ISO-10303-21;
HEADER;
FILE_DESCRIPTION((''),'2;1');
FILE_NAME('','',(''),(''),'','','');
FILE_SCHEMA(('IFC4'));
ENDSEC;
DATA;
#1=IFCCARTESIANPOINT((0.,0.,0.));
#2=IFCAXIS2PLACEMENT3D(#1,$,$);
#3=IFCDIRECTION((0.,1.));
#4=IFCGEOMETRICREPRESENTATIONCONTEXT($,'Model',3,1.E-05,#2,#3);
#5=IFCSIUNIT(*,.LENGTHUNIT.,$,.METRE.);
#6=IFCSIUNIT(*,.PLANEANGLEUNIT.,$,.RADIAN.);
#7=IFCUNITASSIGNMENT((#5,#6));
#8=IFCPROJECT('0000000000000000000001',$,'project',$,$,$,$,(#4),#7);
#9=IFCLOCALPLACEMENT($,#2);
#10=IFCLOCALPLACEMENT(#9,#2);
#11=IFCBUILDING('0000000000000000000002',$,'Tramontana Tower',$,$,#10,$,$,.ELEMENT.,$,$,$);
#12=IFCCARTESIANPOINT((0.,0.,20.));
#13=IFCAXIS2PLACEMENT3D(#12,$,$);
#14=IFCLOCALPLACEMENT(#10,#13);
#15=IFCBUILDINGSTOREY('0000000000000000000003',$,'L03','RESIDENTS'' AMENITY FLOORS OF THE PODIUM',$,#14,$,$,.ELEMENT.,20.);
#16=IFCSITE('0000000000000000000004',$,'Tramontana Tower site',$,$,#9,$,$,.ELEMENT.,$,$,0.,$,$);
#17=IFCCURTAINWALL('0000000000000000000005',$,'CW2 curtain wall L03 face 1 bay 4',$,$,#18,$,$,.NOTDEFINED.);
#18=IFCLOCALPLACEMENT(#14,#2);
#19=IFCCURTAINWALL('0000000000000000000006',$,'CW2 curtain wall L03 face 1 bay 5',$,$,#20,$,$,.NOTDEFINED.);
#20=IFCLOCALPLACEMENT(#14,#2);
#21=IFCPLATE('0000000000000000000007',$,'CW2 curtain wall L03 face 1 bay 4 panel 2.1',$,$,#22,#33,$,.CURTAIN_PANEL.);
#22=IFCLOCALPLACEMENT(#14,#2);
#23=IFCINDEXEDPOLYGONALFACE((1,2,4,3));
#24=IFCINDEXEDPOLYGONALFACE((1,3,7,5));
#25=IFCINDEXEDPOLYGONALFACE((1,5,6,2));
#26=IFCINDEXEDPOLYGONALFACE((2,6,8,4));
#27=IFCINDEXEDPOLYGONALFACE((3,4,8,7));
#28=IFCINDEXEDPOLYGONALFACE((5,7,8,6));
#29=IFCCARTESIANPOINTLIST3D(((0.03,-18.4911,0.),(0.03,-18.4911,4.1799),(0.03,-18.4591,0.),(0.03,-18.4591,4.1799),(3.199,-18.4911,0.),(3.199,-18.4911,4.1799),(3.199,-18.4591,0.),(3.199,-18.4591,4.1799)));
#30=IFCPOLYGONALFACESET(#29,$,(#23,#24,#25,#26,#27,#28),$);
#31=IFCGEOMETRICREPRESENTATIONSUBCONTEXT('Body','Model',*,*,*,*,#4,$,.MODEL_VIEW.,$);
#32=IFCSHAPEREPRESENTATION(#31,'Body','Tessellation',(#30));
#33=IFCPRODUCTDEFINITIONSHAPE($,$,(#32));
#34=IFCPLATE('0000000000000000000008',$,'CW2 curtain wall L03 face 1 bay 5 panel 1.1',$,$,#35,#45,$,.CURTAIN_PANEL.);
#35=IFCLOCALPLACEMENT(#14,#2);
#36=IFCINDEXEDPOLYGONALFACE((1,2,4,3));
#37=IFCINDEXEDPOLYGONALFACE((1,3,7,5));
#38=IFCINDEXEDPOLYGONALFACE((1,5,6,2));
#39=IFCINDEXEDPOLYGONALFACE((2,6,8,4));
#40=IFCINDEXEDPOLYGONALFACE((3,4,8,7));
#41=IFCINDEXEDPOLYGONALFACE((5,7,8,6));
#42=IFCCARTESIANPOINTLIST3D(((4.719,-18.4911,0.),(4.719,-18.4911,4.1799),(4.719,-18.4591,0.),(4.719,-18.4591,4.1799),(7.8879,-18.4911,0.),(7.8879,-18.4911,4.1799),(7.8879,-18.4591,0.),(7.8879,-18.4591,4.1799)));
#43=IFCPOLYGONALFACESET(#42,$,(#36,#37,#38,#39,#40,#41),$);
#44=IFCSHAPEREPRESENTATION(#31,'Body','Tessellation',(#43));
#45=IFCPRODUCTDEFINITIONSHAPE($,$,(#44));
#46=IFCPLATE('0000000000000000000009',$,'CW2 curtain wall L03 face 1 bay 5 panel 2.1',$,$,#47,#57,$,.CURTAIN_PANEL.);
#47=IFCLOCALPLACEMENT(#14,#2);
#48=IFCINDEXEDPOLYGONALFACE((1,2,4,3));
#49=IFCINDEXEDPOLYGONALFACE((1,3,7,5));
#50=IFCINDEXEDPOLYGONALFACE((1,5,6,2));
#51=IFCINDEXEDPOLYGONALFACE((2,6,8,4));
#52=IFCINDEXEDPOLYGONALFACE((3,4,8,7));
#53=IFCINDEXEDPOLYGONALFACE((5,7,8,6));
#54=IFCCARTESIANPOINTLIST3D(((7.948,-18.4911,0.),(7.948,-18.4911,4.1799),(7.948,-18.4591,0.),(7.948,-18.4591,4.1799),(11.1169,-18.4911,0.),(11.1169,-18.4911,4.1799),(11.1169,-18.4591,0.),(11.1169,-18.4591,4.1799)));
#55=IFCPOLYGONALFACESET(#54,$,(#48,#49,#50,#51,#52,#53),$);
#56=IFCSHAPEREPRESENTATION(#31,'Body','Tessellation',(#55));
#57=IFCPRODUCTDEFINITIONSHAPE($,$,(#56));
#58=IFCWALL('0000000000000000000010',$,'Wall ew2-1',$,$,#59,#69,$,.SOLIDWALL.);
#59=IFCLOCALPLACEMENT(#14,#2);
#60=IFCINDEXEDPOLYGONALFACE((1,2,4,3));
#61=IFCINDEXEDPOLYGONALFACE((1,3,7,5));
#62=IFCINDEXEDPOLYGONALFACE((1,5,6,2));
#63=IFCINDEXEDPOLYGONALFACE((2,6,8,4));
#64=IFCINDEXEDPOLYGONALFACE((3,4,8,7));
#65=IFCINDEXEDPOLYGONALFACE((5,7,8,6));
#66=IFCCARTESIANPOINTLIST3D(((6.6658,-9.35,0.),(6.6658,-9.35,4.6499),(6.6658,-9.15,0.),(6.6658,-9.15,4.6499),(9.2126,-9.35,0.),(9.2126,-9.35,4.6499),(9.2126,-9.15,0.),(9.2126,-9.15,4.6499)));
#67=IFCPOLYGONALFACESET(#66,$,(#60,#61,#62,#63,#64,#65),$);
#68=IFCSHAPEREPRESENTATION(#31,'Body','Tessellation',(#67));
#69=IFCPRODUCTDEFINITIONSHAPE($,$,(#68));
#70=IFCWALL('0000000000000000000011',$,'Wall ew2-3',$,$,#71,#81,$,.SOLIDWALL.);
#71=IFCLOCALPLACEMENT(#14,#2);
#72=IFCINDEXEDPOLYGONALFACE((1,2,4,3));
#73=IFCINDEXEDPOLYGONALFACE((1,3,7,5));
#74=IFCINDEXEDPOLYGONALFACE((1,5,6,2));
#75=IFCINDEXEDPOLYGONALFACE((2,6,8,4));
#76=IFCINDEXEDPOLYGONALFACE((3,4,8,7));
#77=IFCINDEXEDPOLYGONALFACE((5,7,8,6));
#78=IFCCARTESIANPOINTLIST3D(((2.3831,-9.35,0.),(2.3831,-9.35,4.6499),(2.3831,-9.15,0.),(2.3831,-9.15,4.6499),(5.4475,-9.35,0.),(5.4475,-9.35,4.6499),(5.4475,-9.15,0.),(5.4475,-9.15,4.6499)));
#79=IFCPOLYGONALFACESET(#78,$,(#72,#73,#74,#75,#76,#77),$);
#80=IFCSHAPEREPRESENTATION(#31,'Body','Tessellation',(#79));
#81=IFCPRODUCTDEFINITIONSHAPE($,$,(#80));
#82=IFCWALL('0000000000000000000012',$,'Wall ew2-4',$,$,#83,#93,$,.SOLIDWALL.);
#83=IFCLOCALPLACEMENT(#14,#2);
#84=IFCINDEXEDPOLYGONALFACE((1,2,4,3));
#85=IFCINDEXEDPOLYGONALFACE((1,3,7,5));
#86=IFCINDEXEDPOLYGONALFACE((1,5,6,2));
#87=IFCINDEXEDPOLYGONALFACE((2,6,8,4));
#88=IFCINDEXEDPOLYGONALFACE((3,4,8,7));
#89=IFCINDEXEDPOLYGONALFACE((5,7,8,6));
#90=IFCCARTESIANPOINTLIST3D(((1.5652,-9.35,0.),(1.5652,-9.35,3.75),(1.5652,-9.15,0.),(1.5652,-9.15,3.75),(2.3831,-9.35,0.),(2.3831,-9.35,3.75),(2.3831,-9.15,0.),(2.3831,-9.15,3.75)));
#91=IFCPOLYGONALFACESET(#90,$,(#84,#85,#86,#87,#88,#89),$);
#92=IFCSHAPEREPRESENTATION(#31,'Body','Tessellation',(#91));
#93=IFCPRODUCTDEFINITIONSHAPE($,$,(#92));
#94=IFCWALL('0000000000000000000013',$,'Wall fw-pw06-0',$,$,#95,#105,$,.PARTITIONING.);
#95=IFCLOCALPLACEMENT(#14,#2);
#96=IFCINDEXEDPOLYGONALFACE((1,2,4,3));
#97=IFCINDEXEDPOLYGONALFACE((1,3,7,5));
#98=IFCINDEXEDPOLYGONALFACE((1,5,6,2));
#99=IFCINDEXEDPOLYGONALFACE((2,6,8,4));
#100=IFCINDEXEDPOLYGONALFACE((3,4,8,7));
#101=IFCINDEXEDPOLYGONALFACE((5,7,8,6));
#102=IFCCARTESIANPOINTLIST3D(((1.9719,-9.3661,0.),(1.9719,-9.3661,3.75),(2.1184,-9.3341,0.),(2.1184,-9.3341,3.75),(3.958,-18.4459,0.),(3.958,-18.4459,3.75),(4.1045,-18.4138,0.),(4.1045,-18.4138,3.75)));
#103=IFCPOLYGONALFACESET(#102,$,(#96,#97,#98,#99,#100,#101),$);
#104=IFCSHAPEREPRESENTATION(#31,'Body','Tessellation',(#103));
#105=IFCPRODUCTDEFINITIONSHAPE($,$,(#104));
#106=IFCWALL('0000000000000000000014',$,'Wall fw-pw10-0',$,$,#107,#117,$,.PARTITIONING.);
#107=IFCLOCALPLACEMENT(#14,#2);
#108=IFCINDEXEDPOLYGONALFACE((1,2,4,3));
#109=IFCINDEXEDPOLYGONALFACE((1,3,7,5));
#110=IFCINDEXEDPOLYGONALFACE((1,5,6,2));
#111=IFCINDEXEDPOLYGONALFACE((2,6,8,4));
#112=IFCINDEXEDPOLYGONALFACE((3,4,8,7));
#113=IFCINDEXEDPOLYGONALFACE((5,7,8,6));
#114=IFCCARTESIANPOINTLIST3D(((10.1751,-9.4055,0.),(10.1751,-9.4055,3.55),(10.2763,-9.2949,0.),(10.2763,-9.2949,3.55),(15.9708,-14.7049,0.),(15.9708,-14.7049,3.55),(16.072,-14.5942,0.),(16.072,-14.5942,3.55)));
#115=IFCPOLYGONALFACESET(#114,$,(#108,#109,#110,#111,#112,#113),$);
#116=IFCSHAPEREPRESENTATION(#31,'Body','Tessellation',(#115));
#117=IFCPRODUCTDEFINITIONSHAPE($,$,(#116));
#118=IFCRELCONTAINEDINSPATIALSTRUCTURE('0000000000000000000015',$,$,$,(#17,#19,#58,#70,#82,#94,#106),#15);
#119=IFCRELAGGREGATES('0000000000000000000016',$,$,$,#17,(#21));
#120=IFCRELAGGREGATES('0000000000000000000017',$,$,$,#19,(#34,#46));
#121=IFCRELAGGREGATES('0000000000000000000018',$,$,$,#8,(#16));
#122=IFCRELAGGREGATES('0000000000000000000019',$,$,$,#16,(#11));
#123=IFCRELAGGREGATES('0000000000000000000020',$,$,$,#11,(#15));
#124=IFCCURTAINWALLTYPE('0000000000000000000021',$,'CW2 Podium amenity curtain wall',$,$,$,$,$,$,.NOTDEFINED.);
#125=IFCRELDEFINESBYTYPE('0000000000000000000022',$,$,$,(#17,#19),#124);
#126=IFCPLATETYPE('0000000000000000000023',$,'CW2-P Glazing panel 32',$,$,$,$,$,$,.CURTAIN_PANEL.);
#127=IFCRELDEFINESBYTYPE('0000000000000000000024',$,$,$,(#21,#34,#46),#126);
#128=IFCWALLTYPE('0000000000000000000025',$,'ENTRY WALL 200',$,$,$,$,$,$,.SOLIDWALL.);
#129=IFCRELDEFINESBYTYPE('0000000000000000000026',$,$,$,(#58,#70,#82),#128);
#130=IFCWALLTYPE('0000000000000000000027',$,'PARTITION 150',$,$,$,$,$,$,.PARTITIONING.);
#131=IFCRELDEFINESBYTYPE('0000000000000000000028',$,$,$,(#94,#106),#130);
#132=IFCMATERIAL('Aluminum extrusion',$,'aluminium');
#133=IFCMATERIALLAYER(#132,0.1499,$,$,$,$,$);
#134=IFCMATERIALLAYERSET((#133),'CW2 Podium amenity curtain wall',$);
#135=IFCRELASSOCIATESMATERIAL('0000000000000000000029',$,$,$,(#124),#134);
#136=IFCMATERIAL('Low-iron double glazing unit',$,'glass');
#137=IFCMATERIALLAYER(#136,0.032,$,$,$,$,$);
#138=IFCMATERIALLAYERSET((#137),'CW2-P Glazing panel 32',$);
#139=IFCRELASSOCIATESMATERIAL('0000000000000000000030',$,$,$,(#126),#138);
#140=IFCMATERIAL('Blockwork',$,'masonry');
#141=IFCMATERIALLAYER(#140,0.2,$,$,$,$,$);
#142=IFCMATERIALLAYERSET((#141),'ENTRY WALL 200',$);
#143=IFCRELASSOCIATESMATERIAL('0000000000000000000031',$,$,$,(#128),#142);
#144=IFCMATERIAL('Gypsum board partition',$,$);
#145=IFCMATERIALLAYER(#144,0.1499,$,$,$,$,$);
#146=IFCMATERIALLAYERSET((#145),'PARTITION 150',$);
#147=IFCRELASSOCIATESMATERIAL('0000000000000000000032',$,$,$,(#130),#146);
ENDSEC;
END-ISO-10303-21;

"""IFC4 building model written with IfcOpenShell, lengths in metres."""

from ifc_helpers import new_model, si_unit, direction, frame, frame_2d, origin, origin_2d, place, context, subcontext, project, spatial, rectangle, extrude, material, layer, layer_set, type_object, element, aggregate, save


model = new_model("IFC4")

# Units and contexts
model_context = context("Model", 3, precision=1e-05, world=origin(), true_north=direction((0.0, 1.0)))
body_context = subcontext(model_context, "Body", "Model", "MODEL_VIEW")
ifc_project = project(units=[si_unit("LENGTHUNIT", "METRE"), si_unit("PLANEANGLEUNIT", "RADIAN")], contexts=[model_context])

# Site, building, storey
site_placement = place(None, origin())
site = spatial("IfcSite", under=ifc_project, at=site_placement, Name="Tramontana Tower site", CompositionType="ELEMENT", RefElevation=0.0)
building_placement = place(site_placement, origin())
building = spatial("IfcBuilding", under=site, at=building_placement, Name="Tramontana Tower", CompositionType="ELEMENT")
storey_placement = place(building_placement, frame((0.0, 0.0, 20.0)))
storey = spatial("IfcBuildingStorey", under=building, at=storey_placement, Name="L03", Description="RESIDENTS' AMENITY FLOORS OF THE PODIUM", CompositionType="ELEMENT", Elevation=20.0)

# Curtain walls
ifc_material_1 = material(Name="Aluminum extrusion", Category="aluminium")
ifc_layer_1 = layer(ifc_material_1, 0.1499)
ifc_layer_set_1 = layer_set([ifc_layer_1], Name="CW2 Podium amenity curtain wall")
curtain_wall_type = type_object("IfcCurtainWallType", Name="CW2 Podium amenity curtain wall", PredefinedType="NOTDEFINED", material=ifc_layer_set_1)
curtain_wall_1_placement = place(storey_placement, origin())
curtain_wall_1 = element("IfcCurtainWall", 1, at=curtain_wall_1_placement, inside=storey, type_object=curtain_wall_type, Name="CW2 curtain wall L03 face 1 bay 4", PredefinedType="NOTDEFINED")
curtain_wall_2_placement = place(storey_placement, origin())
curtain_wall_2 = element("IfcCurtainWall", 2, at=curtain_wall_2_placement, inside=storey, type_object=curtain_wall_type, Name="CW2 curtain wall L03 face 1 bay 5", PredefinedType="NOTDEFINED")

# Plates
ifc_material_2 = material(Name="Low-iron double glazing unit", Category="glass")
ifc_layer_2 = layer(ifc_material_2, 0.032)
ifc_layer_set_2 = layer_set([ifc_layer_2], Name="CW2-P Glazing panel 32")
plate_type = type_object("IfcPlateType", Name="CW2-P Glazing panel 32", PredefinedType="CURTAIN_PANEL", material=ifc_layer_set_2)
plate_1_placement = place(storey_placement, frame((1.6145, -18.4751, 0.0), z_axis=(0.0, 0.0, 1.0), x_axis=(1.0, 0.0, 0.0)))
plate_1 = element("IfcPlate", 3, at=plate_1_placement, type_object=plate_type, Name="CW2 curtain wall L03 face 1 bay 4 panel 2.1", PredefinedType="CURTAIN_PANEL", context=body_context, shape_type="SweptSolid", body=[
    extrude(rectangle(XDim=3.1689, YDim=0.032, at=origin_2d()), origin(), (0.0, 0.0, 1.0), 4.1799),
])
aggregate(curtain_wall_1, [plate_1])
plate_2_placement = place(storey_placement, frame((6.3035, -18.4751, 0.0), z_axis=(0.0, 0.0, 1.0), x_axis=(1.0, 0.0, 0.0)))
plate_2 = element("IfcPlate", 4, at=plate_2_placement, type_object=plate_type, Name="CW2 curtain wall L03 face 1 bay 5 panel 1.1", PredefinedType="CURTAIN_PANEL", context=body_context, shape_type="SweptSolid", body=[
    extrude(rectangle(XDim=3.1689, YDim=0.032, at=origin_2d()), origin(), (0.0, 0.0, 1.0), 4.1799),
])
plate_3_placement = place(storey_placement, frame((9.5325, -18.4751, 0.0), z_axis=(0.0, 0.0, 1.0), x_axis=(1.0, 0.0, 0.0)))
plate_3 = element("IfcPlate", 5, at=plate_3_placement, type_object=plate_type, Name="CW2 curtain wall L03 face 1 bay 5 panel 2.1", PredefinedType="CURTAIN_PANEL", context=body_context, shape_type="SweptSolid", body=[
    extrude(rectangle(XDim=3.1689, YDim=0.032, at=origin_2d()), origin(), (0.0, 0.0, 1.0), 4.1799),
])
aggregate(curtain_wall_2, [plate_2, plate_3])

# Wall
ifc_material_3 = material(Name="Blockwork", Category="masonry")
ifc_layer_3 = layer(ifc_material_3, 0.2)
ifc_layer_set_3 = layer_set([ifc_layer_3], Name="ENTRY WALL 200")
wall_type_1 = type_object("IfcWallType", Name="ENTRY WALL 200", PredefinedType="SOLIDWALL", material=ifc_layer_set_3)
wall_1_placement = place(storey_placement, frame((9.2126, -9.25, 0.0), z_axis=(0.0, 0.0, 1.0), x_axis=(-1.0, 0.0, 0.0)))
element("IfcWall", 6, at=wall_1_placement, inside=storey, type_object=wall_type_1, Name="Wall ew2-1", PredefinedType="SOLIDWALL", context=body_context, shape_type="SweptSolid", body=[
    extrude(rectangle(XDim=2.5469, YDim=0.2, at=frame_2d((1.2734, 0.0))), origin(), (0.0, 0.0, 1.0), 4.6499),
])

# Walls
wall_2_placement = place(storey_placement, frame((5.4475, -9.25, 0.0), z_axis=(0.0, 0.0, 1.0), x_axis=(-1.0, 0.0, 0.0)))
element("IfcWall", 7, at=wall_2_placement, inside=storey, type_object=wall_type_1, Name="Wall ew2-3", PredefinedType="SOLIDWALL", context=body_context, shape_type="SweptSolid", body=[
    extrude(rectangle(XDim=3.0645, YDim=0.2, at=frame_2d((1.5322, 0.0))), origin(), (0.0, 0.0, 1.0), 4.6499),
])
wall_3_placement = place(storey_placement, frame((2.3831, -9.25, 0.0), z_axis=(0.0, 0.0, 1.0), x_axis=(-1.0, 0.0, 0.0)))
element("IfcWall", 8, at=wall_3_placement, inside=storey, type_object=wall_type_1, Name="Wall ew2-4", PredefinedType="SOLIDWALL", context=body_context, shape_type="SweptSolid", body=[
    extrude(rectangle(XDim=0.8179, YDim=0.2, at=frame_2d((0.4089, 0.0))), origin(), (0.0, 0.0, 1.0), 3.75),
])

# Walls
ifc_material_4 = material(Name="Gypsum board partition")
ifc_layer_4 = layer(ifc_material_4, 0.1499)
ifc_layer_set_4 = layer_set([ifc_layer_4], Name="PARTITION 150")
wall_type_2 = type_object("IfcWallType", Name="PARTITION 150", PredefinedType="PARTITIONING", material=ifc_layer_set_4)
wall_4_placement = place(storey_placement, frame((2.0452, -9.3501, 0.0), z_axis=(0.0, 0.0, 1.0), x_axis=(0.213684, -0.976903, 0.0)))
element("IfcWall", 9, at=wall_4_placement, inside=storey, type_object=wall_type_2, Name="Wall fw-pw06-0", PredefinedType="PARTITIONING", context=body_context, shape_type="SweptSolid", body=[
    extrude(rectangle(XDim=9.2944, YDim=0.1499, at=frame_2d((4.6472, 0.0))), origin(), (0.0, 0.0, 1.0), 3.75),
])
wall_5_placement = place(storey_placement, frame((10.2256, -9.3501, 0.0), z_axis=(0.0, 0.0, 1.0), x_axis=(0.738001, -0.674799, 0.0)))
element("IfcWall", 10, at=wall_5_placement, inside=storey, type_object=wall_type_2, Name="Wall fw-pw10-0", PredefinedType="PARTITIONING", context=body_context, shape_type="SweptSolid", body=[
    extrude(rectangle(XDim=7.8533, YDim=0.1499, at=frame_2d((3.9268, 0.0))), origin(), (0.0, 0.0, 1.0), 3.55),
])

save(model, "model.ifc")
